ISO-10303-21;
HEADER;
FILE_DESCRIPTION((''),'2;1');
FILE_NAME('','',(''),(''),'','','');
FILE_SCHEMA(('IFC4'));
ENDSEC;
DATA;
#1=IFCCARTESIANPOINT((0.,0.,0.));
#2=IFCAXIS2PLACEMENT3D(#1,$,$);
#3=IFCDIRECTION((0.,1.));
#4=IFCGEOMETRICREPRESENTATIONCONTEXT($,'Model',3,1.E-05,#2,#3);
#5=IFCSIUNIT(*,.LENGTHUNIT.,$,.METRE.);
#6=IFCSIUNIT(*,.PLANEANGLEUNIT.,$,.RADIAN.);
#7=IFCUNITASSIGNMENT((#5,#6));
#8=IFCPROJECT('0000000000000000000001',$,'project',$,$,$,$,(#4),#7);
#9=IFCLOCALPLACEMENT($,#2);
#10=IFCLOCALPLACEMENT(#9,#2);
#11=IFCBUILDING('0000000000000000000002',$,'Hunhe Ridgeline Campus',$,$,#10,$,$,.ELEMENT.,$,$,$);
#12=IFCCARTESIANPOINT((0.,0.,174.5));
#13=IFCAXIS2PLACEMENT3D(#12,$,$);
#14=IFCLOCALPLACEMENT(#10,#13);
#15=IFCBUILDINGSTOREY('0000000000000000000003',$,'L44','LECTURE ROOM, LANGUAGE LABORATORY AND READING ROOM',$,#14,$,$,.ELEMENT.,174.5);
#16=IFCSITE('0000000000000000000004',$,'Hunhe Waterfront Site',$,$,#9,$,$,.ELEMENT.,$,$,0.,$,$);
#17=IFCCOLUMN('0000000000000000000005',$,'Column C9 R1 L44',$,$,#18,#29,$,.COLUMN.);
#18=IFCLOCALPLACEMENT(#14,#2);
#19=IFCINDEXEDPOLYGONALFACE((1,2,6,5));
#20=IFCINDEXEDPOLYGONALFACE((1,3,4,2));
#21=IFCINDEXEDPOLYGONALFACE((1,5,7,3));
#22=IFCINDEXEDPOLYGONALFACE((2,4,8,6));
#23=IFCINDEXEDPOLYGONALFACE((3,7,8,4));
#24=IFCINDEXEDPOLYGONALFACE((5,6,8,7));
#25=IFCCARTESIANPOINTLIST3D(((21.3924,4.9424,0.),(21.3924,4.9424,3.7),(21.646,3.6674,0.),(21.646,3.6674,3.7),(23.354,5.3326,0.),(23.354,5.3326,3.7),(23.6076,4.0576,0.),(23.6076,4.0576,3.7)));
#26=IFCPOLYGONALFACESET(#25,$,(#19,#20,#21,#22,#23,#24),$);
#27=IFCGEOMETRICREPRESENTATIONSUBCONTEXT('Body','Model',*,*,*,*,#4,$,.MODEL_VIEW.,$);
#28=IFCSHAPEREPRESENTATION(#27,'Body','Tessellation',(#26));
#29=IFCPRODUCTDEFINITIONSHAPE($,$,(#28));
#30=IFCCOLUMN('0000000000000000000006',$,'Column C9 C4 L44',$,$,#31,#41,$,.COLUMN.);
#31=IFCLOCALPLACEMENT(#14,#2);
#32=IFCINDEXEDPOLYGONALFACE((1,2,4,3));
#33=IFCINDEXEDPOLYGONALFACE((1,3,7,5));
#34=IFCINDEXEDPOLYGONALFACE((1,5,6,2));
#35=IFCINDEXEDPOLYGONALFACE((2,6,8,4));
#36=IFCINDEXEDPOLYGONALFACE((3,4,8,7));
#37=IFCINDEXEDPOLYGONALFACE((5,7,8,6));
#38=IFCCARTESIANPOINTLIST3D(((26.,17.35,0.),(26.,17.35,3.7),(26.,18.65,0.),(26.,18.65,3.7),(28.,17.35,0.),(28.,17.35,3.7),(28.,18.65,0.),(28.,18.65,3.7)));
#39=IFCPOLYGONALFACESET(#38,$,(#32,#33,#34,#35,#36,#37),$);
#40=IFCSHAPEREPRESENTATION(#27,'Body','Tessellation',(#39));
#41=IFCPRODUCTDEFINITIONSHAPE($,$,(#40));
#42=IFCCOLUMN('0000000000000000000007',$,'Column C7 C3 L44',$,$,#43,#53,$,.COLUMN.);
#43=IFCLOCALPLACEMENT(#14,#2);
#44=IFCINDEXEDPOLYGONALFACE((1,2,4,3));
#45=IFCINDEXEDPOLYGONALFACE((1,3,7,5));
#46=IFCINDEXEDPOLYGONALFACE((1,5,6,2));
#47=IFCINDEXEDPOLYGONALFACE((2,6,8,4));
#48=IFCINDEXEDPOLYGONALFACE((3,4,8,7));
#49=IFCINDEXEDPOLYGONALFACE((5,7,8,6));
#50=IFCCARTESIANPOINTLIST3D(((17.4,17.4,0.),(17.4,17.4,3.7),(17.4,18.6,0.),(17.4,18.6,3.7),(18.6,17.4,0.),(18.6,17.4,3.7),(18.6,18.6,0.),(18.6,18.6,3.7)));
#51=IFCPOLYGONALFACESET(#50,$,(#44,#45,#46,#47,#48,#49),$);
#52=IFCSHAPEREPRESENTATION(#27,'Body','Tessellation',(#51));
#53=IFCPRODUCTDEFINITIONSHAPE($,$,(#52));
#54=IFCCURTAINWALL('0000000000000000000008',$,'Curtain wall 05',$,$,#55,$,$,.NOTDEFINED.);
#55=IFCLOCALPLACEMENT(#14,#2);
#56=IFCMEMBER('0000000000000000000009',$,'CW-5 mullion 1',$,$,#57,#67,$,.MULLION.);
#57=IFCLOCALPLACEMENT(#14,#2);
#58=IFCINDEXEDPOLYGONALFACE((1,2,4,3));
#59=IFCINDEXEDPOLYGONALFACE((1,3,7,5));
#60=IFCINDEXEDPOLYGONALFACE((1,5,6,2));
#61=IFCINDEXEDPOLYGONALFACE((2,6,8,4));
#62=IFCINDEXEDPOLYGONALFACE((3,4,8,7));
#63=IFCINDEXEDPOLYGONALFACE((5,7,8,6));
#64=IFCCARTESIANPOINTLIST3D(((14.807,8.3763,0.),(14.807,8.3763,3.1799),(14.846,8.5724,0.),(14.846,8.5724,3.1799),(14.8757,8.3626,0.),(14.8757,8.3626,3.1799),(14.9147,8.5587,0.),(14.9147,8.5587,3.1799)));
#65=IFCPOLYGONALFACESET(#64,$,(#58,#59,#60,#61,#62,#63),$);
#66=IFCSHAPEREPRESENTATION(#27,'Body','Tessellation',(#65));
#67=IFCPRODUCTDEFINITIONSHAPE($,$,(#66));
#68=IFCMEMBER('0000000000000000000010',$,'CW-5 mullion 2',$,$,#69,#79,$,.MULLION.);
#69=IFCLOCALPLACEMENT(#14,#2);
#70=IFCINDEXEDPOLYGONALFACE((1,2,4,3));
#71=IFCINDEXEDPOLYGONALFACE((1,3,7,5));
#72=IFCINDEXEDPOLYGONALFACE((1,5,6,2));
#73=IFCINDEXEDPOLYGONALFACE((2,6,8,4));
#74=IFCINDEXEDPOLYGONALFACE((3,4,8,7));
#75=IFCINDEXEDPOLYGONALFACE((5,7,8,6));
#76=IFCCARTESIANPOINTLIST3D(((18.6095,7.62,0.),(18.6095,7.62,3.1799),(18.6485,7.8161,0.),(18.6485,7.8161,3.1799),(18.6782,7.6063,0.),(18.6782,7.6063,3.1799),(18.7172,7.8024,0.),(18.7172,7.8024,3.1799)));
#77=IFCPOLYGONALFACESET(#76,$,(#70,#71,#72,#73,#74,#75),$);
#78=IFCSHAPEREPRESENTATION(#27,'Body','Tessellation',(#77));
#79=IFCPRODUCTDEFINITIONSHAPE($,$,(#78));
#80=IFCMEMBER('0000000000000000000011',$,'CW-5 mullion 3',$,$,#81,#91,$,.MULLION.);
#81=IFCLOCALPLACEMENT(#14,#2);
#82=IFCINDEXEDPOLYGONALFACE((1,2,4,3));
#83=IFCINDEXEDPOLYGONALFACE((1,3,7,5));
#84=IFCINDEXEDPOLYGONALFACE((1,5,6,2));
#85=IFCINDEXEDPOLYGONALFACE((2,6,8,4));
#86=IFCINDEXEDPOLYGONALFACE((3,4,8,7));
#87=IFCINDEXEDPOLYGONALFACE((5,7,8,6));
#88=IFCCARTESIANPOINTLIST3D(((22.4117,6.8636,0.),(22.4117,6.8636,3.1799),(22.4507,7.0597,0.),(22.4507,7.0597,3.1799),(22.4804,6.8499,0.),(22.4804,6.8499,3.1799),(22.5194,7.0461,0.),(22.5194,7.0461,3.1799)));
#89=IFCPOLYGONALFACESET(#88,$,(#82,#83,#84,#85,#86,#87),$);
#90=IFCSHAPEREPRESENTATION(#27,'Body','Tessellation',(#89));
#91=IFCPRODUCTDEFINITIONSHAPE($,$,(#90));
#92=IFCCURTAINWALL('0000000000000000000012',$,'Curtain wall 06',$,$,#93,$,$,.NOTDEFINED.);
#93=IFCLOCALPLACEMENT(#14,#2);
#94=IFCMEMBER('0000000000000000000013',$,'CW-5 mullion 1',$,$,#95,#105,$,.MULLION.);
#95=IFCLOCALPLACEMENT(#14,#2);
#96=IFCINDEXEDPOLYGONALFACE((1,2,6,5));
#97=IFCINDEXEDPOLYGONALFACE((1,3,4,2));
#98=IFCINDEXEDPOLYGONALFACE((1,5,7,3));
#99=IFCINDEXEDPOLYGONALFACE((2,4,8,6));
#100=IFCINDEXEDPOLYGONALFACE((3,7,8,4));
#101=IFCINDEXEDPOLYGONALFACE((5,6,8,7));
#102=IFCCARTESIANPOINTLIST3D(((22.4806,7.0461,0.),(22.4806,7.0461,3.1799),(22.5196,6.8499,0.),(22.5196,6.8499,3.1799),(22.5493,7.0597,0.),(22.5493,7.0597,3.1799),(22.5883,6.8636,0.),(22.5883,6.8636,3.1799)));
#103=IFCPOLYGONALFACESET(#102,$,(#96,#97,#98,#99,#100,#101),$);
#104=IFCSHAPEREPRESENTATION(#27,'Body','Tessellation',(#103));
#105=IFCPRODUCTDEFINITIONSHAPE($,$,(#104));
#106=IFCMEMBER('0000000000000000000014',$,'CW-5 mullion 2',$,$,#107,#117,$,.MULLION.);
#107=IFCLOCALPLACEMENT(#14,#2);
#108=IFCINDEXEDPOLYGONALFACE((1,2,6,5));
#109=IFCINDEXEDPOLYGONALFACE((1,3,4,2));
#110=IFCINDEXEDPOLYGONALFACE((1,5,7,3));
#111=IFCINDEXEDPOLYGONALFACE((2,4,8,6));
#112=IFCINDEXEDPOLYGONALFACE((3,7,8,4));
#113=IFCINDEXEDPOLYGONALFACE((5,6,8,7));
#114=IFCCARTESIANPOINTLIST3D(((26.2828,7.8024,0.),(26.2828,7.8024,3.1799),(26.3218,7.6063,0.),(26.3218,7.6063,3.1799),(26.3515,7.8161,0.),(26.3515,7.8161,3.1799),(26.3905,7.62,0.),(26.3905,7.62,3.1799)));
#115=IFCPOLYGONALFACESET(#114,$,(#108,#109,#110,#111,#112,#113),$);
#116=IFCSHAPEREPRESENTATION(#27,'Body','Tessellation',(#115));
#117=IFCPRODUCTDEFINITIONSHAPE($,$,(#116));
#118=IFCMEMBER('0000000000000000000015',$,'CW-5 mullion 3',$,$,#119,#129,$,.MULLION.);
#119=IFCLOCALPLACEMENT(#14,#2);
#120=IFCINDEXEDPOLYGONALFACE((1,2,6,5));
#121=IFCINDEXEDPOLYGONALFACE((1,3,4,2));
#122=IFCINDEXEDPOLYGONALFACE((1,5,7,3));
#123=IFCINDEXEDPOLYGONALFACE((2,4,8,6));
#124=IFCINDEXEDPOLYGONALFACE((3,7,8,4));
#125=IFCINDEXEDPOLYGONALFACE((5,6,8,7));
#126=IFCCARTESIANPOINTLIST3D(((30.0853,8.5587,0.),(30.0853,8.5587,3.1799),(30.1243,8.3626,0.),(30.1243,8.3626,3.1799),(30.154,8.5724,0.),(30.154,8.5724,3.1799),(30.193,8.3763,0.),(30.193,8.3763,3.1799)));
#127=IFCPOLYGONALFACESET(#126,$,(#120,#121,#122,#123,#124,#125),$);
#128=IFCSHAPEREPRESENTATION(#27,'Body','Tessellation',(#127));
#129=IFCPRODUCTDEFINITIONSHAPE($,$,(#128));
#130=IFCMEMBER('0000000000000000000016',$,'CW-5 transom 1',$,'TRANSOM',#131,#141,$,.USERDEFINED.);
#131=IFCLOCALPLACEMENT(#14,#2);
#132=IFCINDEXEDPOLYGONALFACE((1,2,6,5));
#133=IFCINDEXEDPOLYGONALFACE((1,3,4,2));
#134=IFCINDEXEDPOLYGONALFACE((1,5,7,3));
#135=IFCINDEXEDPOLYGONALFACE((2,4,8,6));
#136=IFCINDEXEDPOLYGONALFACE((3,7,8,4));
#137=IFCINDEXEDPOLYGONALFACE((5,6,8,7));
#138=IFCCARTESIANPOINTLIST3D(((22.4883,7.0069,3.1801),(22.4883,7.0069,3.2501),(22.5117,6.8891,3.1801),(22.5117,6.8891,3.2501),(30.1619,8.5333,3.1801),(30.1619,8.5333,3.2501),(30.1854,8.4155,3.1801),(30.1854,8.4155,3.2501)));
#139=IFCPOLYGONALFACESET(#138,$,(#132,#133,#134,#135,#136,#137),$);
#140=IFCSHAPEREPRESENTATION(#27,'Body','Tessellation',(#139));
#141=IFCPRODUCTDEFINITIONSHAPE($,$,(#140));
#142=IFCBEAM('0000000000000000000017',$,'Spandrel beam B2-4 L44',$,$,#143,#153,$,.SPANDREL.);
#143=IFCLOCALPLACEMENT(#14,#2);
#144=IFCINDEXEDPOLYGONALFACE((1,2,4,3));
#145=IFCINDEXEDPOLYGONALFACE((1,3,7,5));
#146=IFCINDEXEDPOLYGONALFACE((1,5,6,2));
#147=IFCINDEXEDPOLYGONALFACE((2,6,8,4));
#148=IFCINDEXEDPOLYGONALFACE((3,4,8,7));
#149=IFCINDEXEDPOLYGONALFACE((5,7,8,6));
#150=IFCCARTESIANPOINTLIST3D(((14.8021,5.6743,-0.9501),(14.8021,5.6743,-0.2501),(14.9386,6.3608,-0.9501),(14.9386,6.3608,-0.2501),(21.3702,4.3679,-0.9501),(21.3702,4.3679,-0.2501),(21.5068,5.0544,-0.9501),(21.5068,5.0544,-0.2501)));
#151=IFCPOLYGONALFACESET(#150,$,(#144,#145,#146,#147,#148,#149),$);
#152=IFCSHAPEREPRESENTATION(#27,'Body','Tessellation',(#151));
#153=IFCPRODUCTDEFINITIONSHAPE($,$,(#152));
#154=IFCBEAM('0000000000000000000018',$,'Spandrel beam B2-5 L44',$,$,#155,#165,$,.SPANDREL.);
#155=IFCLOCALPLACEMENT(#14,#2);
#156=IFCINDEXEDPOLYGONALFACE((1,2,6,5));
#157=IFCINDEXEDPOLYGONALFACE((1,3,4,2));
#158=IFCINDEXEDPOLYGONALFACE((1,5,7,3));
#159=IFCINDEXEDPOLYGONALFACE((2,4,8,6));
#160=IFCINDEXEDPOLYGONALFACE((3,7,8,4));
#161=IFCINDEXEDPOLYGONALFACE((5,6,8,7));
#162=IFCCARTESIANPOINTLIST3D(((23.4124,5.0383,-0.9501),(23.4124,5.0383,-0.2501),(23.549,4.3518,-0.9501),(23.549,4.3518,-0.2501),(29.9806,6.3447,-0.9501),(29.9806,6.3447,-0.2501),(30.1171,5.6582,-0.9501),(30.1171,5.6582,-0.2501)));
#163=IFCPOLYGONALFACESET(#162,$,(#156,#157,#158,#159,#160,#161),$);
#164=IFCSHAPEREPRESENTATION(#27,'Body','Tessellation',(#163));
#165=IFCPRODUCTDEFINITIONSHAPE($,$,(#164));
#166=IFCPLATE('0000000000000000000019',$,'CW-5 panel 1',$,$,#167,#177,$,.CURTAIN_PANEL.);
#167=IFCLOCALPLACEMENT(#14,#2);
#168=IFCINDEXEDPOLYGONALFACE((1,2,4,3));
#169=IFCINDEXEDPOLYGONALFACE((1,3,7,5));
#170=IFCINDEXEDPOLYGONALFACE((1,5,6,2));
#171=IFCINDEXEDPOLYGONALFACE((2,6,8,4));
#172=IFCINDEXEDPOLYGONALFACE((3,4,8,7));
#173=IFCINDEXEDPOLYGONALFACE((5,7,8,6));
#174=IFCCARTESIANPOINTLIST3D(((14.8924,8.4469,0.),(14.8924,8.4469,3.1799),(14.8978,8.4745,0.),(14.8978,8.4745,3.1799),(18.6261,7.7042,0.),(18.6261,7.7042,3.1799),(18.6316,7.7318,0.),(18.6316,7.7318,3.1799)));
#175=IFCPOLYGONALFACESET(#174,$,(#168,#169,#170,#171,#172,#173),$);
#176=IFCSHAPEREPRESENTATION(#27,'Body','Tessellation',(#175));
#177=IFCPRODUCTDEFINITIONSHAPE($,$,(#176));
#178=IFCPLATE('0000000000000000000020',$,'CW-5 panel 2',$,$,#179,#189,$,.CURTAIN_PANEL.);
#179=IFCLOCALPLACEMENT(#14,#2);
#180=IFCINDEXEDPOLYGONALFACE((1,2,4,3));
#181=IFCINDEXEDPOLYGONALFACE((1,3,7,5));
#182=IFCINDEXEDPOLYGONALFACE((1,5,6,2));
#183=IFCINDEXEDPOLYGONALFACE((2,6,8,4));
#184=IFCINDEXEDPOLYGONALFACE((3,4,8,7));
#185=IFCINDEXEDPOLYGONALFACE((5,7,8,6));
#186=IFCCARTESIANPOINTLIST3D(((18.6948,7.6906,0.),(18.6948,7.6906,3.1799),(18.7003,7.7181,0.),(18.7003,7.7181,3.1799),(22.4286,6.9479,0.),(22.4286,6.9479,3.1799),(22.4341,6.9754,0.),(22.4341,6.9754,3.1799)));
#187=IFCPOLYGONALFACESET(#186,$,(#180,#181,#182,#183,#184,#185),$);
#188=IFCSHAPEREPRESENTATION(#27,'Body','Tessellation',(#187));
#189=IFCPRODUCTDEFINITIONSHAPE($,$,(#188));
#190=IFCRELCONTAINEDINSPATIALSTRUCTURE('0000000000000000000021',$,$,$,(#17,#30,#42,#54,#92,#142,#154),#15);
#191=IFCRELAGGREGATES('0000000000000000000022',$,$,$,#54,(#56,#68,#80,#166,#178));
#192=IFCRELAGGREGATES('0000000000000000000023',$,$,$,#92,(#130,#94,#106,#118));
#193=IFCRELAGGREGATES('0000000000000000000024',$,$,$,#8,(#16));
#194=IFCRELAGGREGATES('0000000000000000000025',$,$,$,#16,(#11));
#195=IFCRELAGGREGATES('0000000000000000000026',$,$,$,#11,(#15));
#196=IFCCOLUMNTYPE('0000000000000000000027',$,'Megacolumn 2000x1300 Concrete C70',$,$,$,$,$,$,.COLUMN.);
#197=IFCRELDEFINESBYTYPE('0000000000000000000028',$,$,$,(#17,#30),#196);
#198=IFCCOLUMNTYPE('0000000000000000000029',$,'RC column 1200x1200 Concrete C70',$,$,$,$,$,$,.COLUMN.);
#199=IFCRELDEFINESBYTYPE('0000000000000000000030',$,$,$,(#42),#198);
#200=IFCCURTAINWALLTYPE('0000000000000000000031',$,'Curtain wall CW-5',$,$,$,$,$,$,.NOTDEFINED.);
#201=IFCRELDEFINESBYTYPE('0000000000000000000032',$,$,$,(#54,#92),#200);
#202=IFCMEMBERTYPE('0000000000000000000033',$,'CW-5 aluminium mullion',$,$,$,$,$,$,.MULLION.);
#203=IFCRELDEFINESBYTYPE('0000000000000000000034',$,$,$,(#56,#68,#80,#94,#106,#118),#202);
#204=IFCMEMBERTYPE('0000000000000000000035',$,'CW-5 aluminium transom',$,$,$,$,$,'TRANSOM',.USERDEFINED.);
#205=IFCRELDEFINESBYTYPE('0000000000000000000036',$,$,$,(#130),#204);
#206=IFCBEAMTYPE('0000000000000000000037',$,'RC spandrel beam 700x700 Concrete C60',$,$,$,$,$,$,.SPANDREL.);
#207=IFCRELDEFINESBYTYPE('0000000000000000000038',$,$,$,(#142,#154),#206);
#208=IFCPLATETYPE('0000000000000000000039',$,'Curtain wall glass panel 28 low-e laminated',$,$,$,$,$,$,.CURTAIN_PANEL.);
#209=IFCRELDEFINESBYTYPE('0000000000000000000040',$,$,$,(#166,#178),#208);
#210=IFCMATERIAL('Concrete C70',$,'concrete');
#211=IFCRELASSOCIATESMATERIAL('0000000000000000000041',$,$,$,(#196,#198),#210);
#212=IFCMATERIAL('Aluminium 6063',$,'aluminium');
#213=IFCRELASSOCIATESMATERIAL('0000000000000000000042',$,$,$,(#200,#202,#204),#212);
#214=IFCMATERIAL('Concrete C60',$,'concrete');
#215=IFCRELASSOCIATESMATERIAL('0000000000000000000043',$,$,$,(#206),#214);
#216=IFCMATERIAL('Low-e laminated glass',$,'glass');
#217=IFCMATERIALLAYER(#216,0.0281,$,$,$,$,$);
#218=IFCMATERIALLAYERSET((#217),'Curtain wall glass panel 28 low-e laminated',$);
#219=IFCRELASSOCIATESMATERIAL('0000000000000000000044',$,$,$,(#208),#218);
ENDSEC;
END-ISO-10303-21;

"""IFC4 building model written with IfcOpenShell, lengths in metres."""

from ifc_helpers import new_model, si_unit, direction, frame, origin, origin_2d, place, context, subcontext, project, spatial, rectangle, extrude, material, layer, layer_set, material_profile, profile_set, type_object, element, aggregate, save


model = new_model("IFC4")

# Units and contexts
model_context = context("Model", 3, precision=1e-05, world=origin(), true_north=direction((0.0, 1.0)))
body_context = subcontext(model_context, "Body", "Model", "MODEL_VIEW")
ifc_project = project(units=[si_unit("LENGTHUNIT", "METRE"), si_unit("PLANEANGLEUNIT", "RADIAN")], contexts=[model_context])

# Site, building, storey
site_placement = place(None, origin())
site = spatial("IfcSite", under=ifc_project, at=site_placement, Name="Hunhe Waterfront Site", CompositionType="ELEMENT", RefElevation=0.0)
building_placement = place(site_placement, origin())
building = spatial("IfcBuilding", under=site, at=building_placement, Name="Hunhe Ridgeline Campus", CompositionType="ELEMENT")
storey_placement = place(building_placement, frame((0.0, 0.0, 174.5)))
storey = spatial("IfcBuildingStorey", under=building, at=storey_placement, Name="L44", Description="LECTURE ROOM, LANGUAGE LABORATORY AND READING ROOM", CompositionType="ELEMENT", Elevation=174.5)

# Columns
ifc_material_1 = material(Name="Concrete C70", Category="concrete")
ifc_material_profile_1 = material_profile(ifc_material_1, rectangle(XDim=2.0, YDim=1.3, at=origin_2d()))
ifc_profile_set_1 = profile_set([ifc_material_profile_1], Name="Concrete C70")
column_type_1 = type_object("IfcColumnType", Name="Megacolumn 2000x1300 Concrete C70", PredefinedType="COLUMN", material=ifc_profile_set_1)
for number, where, z_axis, x_axis, name in (
    (1, (22.5, 4.5, 0.0), (0.0, 0.0, 1.0), (0.980785, 0.19509, 0.0), "Column C9 R1 L44"),
    (2, (27.0, 18.0, 0.0), (0.0, 0.0, 1.0), (1.0, 0.0, 0.0), "Column C9 C4 L44"),
):
    element("IfcColumn", number, at=place(storey_placement, frame(where, z_axis=z_axis, x_axis=x_axis)), inside=storey, type_object=column_type_1, Name=name, PredefinedType="COLUMN", context=body_context, shape_type="SweptSolid", body=[
        extrude(rectangle(XDim=2.0, YDim=1.3, at=origin_2d()), origin(), (0.0, 0.0, 1.0), 3.7),
    ])
ifc_material_profile_2 = material_profile(ifc_material_1, rectangle(XDim=1.2, YDim=1.2, at=origin_2d()))
ifc_profile_set_2 = profile_set([ifc_material_profile_2], Name="Concrete C70")
column_type_2 = type_object("IfcColumnType", Name="RC column 1200x1200 Concrete C70", PredefinedType="COLUMN", material=ifc_profile_set_2)
column_placement = place(storey_placement, frame((18.0, 18.0, 0.0), z_axis=(0.0, 0.0, 1.0), x_axis=(1.0, 0.0, 0.0)))
element("IfcColumn", 3, at=column_placement, inside=storey, type_object=column_type_2, Name="Column C7 C3 L44", PredefinedType="COLUMN", context=body_context, shape_type="SweptSolid", body=[
    extrude(rectangle(XDim=1.2, YDim=1.2, at=origin_2d()), origin(), (0.0, 0.0, 1.0), 3.7),
])

# Curtain walls, members
ifc_material_2 = material(Name="Aluminium 6063", Category="aluminium")
curtain_wall_type = type_object("IfcCurtainWallType", Name="Curtain wall CW-5", PredefinedType="NOTDEFINED", material=ifc_material_2)
curtain_wall_1_placement = place(storey_placement, origin())
curtain_wall_1 = element("IfcCurtainWall", 4, at=curtain_wall_1_placement, inside=storey, type_object=curtain_wall_type, Name="Curtain wall 05", PredefinedType="NOTDEFINED")
ifc_material_profile_3 = material_profile(ifc_material_2, rectangle(XDim=0.2, YDim=0.0701, at=origin_2d()))
ifc_profile_set_3 = profile_set([ifc_material_profile_3], Name="Aluminium 6063")
member_type_1 = type_object("IfcMemberType", Name="CW-5 aluminium mullion", PredefinedType="MULLION", material=ifc_profile_set_3)
member_1_placement = place(storey_placement, frame((14.8608, 8.4675, 0.0), z_axis=(0.0, 0.0, 1.0), x_axis=(0.19509, 0.980785, 0.0)))
member_1 = element("IfcMember", 5, at=member_1_placement, type_object=member_type_1, Name="CW-5 mullion 1", PredefinedType="MULLION", context=body_context, shape_type="SweptSolid", body=[
    extrude(rectangle(XDim=0.2, YDim=0.0701, at=origin_2d()), origin(), (0.0, 0.0, 1.0), 3.1799),
])
member_2_placement = place(storey_placement, frame((18.6633, 7.7112, 0.0), z_axis=(0.0, 0.0, 1.0), x_axis=(0.19509, 0.980785, 0.0)))
member_2 = element("IfcMember", 6, at=member_2_placement, type_object=member_type_1, Name="CW-5 mullion 2", PredefinedType="MULLION", context=body_context, shape_type="SweptSolid", body=[
    extrude(rectangle(XDim=0.2, YDim=0.0701, at=origin_2d()), origin(), (0.0, 0.0, 1.0), 3.1799),
])
member_3_placement = place(storey_placement, frame((22.4656, 6.9548, 0.0), z_axis=(0.0, 0.0, 1.0), x_axis=(0.19509, 0.980785, 0.0)))
member_3 = element("IfcMember", 7, at=member_3_placement, type_object=member_type_1, Name="CW-5 mullion 3", PredefinedType="MULLION", context=body_context, shape_type="SweptSolid", body=[
    extrude(rectangle(XDim=0.2, YDim=0.0701, at=origin_2d()), origin(), (0.0, 0.0, 1.0), 3.1799),
])
curtain_wall_2_placement = place(storey_placement, origin())
curtain_wall_2 = element("IfcCurtainWall", 8, at=curtain_wall_2_placement, inside=storey, type_object=curtain_wall_type, Name="Curtain wall 06", PredefinedType="NOTDEFINED")
member_4_placement = place(storey_placement, frame((22.5344, 6.9548, 0.0), z_axis=(0.0, 0.0, 1.0), x_axis=(-0.19509, 0.980785, 0.0)))
member_4 = element("IfcMember", 9, at=member_4_placement, type_object=member_type_1, Name="CW-5 mullion 1", PredefinedType="MULLION", context=body_context, shape_type="SweptSolid", body=[
    extrude(rectangle(XDim=0.2, YDim=0.0701, at=origin_2d()), origin(), (0.0, 0.0, 1.0), 3.1799),
])
member_5_placement = place(storey_placement, frame((26.3367, 7.7112, 0.0), z_axis=(0.0, 0.0, 1.0), x_axis=(-0.19509, 0.980785, 0.0)))
member_5 = element("IfcMember", 10, at=member_5_placement, type_object=member_type_1, Name="CW-5 mullion 2", PredefinedType="MULLION", context=body_context, shape_type="SweptSolid", body=[
    extrude(rectangle(XDim=0.2, YDim=0.0701, at=origin_2d()), origin(), (0.0, 0.0, 1.0), 3.1799),
])
member_6_placement = place(storey_placement, frame((30.1392, 8.4675, 0.0), z_axis=(0.0, 0.0, 1.0), x_axis=(-0.19509, 0.980785, 0.0)))
member_6 = element("IfcMember", 11, at=member_6_placement, type_object=member_type_1, Name="CW-5 mullion 3", PredefinedType="MULLION", context=body_context, shape_type="SweptSolid", body=[
    extrude(rectangle(XDim=0.2, YDim=0.0701, at=origin_2d()), origin(), (0.0, 0.0, 1.0), 3.1799),
])
ifc_material_profile_4 = material_profile(ifc_material_2, rectangle(XDim=0.1201, YDim=0.0701, at=origin_2d()))
ifc_profile_set_4 = profile_set([ifc_material_profile_4], Name="Aluminium 6063")
member_type_2 = type_object("IfcMemberType", Name="CW-5 aluminium transom", ElementType="TRANSOM", PredefinedType="USERDEFINED", material=ifc_profile_set_4)
member_7_placement = place(storey_placement, frame((22.5, 6.948, 3.2151), z_axis=(0.980785, 0.19509, 0.0), x_axis=(-0.19509, 0.980785, 0.0)))
member_7 = element("IfcMember", 12, at=member_7_placement, type_object=member_type_2, Name="CW-5 transom 1", ObjectType="TRANSOM", PredefinedType="USERDEFINED", context=body_context, shape_type="SweptSolid", body=[
    extrude(rectangle(XDim=0.1201, YDim=0.0701, at=origin_2d()), origin(), (0.0, 0.0, 1.0), 7.824),
])

# Beams
ifc_material_3 = material(Name="Concrete C60", Category="concrete")
ifc_material_profile_5 = material_profile(ifc_material_3, rectangle(XDim=0.7, YDim=0.7, at=origin_2d()))
ifc_profile_set_5 = profile_set([ifc_material_profile_5], Name="Concrete C60")
beam_type = type_object("IfcBeamType", Name="RC spandrel beam 700x700 Concrete C60", PredefinedType="SPANDREL", material=ifc_profile_set_5)
for number, where, z_axis, x_axis, name in (
    (13, (14.8704, 6.0176, -0.6001), (0.980788, -0.195078, 0.0), (0.195078, 0.980788, 0.0), "Spandrel beam B2-4 L44"),
    (14, (23.4807, 4.6951, -0.6001), (0.980788, 0.195078, 0.0), (-0.195078, 0.980788, 0.0), "Spandrel beam B2-5 L44"),
):
    element("IfcBeam", number, at=place(storey_placement, frame(where, z_axis=z_axis, x_axis=x_axis)), inside=storey, type_object=beam_type, Name=name, PredefinedType="SPANDREL", context=body_context, shape_type="SweptSolid", body=[
        extrude(rectangle(XDim=0.7, YDim=0.7, at=origin_2d()), origin(), (0.0, 0.0, 1.0), 6.6968),
    ])

# Plates
ifc_material_4 = material(Name="Low-e laminated glass", Category="glass")
ifc_layer_1 = layer(ifc_material_4, 0.0281)
ifc_layer_set_1 = layer_set([ifc_layer_1], Name="Curtain wall glass panel 28 low-e laminated")
plate_type = type_object("IfcPlateType", Name="Curtain wall glass panel 28 low-e laminated", PredefinedType="CURTAIN_PANEL", material=ifc_layer_set_1)
plate_1_placement = place(storey_placement, frame((16.762, 8.0894, 0.0), z_axis=(0.0, 0.0, 1.0), x_axis=(0.980785, -0.19509, 0.0)))
plate_1 = element("IfcPlate", 15, at=plate_1_placement, type_object=plate_type, Name="CW-5 panel 1", PredefinedType="CURTAIN_PANEL", context=body_context, shape_type="SweptSolid", body=[
    extrude(rectangle(XDim=3.8069, YDim=0.0281, at=origin_2d()), origin(), (0.0, 0.0, 1.0), 3.1799),
])
plate_2_placement = place(storey_placement, frame((20.5645, 7.333, 0.0), z_axis=(0.0, 0.0, 1.0), x_axis=(0.980785, -0.19509, 0.0)))
plate_2 = element("IfcPlate", 16, at=plate_2_placement, type_object=plate_type, Name="CW-5 panel 2", PredefinedType="CURTAIN_PANEL", context=body_context, shape_type="SweptSolid", body=[
    extrude(rectangle(XDim=3.8069, YDim=0.0281, at=origin_2d()), origin(), (0.0, 0.0, 1.0), 3.1799),
])
aggregate(curtain_wall_1, [member_1, member_2, member_3, plate_1, plate_2])
aggregate(curtain_wall_2, [member_7, member_4, member_5, member_6])

save(model, "model.ifc")
